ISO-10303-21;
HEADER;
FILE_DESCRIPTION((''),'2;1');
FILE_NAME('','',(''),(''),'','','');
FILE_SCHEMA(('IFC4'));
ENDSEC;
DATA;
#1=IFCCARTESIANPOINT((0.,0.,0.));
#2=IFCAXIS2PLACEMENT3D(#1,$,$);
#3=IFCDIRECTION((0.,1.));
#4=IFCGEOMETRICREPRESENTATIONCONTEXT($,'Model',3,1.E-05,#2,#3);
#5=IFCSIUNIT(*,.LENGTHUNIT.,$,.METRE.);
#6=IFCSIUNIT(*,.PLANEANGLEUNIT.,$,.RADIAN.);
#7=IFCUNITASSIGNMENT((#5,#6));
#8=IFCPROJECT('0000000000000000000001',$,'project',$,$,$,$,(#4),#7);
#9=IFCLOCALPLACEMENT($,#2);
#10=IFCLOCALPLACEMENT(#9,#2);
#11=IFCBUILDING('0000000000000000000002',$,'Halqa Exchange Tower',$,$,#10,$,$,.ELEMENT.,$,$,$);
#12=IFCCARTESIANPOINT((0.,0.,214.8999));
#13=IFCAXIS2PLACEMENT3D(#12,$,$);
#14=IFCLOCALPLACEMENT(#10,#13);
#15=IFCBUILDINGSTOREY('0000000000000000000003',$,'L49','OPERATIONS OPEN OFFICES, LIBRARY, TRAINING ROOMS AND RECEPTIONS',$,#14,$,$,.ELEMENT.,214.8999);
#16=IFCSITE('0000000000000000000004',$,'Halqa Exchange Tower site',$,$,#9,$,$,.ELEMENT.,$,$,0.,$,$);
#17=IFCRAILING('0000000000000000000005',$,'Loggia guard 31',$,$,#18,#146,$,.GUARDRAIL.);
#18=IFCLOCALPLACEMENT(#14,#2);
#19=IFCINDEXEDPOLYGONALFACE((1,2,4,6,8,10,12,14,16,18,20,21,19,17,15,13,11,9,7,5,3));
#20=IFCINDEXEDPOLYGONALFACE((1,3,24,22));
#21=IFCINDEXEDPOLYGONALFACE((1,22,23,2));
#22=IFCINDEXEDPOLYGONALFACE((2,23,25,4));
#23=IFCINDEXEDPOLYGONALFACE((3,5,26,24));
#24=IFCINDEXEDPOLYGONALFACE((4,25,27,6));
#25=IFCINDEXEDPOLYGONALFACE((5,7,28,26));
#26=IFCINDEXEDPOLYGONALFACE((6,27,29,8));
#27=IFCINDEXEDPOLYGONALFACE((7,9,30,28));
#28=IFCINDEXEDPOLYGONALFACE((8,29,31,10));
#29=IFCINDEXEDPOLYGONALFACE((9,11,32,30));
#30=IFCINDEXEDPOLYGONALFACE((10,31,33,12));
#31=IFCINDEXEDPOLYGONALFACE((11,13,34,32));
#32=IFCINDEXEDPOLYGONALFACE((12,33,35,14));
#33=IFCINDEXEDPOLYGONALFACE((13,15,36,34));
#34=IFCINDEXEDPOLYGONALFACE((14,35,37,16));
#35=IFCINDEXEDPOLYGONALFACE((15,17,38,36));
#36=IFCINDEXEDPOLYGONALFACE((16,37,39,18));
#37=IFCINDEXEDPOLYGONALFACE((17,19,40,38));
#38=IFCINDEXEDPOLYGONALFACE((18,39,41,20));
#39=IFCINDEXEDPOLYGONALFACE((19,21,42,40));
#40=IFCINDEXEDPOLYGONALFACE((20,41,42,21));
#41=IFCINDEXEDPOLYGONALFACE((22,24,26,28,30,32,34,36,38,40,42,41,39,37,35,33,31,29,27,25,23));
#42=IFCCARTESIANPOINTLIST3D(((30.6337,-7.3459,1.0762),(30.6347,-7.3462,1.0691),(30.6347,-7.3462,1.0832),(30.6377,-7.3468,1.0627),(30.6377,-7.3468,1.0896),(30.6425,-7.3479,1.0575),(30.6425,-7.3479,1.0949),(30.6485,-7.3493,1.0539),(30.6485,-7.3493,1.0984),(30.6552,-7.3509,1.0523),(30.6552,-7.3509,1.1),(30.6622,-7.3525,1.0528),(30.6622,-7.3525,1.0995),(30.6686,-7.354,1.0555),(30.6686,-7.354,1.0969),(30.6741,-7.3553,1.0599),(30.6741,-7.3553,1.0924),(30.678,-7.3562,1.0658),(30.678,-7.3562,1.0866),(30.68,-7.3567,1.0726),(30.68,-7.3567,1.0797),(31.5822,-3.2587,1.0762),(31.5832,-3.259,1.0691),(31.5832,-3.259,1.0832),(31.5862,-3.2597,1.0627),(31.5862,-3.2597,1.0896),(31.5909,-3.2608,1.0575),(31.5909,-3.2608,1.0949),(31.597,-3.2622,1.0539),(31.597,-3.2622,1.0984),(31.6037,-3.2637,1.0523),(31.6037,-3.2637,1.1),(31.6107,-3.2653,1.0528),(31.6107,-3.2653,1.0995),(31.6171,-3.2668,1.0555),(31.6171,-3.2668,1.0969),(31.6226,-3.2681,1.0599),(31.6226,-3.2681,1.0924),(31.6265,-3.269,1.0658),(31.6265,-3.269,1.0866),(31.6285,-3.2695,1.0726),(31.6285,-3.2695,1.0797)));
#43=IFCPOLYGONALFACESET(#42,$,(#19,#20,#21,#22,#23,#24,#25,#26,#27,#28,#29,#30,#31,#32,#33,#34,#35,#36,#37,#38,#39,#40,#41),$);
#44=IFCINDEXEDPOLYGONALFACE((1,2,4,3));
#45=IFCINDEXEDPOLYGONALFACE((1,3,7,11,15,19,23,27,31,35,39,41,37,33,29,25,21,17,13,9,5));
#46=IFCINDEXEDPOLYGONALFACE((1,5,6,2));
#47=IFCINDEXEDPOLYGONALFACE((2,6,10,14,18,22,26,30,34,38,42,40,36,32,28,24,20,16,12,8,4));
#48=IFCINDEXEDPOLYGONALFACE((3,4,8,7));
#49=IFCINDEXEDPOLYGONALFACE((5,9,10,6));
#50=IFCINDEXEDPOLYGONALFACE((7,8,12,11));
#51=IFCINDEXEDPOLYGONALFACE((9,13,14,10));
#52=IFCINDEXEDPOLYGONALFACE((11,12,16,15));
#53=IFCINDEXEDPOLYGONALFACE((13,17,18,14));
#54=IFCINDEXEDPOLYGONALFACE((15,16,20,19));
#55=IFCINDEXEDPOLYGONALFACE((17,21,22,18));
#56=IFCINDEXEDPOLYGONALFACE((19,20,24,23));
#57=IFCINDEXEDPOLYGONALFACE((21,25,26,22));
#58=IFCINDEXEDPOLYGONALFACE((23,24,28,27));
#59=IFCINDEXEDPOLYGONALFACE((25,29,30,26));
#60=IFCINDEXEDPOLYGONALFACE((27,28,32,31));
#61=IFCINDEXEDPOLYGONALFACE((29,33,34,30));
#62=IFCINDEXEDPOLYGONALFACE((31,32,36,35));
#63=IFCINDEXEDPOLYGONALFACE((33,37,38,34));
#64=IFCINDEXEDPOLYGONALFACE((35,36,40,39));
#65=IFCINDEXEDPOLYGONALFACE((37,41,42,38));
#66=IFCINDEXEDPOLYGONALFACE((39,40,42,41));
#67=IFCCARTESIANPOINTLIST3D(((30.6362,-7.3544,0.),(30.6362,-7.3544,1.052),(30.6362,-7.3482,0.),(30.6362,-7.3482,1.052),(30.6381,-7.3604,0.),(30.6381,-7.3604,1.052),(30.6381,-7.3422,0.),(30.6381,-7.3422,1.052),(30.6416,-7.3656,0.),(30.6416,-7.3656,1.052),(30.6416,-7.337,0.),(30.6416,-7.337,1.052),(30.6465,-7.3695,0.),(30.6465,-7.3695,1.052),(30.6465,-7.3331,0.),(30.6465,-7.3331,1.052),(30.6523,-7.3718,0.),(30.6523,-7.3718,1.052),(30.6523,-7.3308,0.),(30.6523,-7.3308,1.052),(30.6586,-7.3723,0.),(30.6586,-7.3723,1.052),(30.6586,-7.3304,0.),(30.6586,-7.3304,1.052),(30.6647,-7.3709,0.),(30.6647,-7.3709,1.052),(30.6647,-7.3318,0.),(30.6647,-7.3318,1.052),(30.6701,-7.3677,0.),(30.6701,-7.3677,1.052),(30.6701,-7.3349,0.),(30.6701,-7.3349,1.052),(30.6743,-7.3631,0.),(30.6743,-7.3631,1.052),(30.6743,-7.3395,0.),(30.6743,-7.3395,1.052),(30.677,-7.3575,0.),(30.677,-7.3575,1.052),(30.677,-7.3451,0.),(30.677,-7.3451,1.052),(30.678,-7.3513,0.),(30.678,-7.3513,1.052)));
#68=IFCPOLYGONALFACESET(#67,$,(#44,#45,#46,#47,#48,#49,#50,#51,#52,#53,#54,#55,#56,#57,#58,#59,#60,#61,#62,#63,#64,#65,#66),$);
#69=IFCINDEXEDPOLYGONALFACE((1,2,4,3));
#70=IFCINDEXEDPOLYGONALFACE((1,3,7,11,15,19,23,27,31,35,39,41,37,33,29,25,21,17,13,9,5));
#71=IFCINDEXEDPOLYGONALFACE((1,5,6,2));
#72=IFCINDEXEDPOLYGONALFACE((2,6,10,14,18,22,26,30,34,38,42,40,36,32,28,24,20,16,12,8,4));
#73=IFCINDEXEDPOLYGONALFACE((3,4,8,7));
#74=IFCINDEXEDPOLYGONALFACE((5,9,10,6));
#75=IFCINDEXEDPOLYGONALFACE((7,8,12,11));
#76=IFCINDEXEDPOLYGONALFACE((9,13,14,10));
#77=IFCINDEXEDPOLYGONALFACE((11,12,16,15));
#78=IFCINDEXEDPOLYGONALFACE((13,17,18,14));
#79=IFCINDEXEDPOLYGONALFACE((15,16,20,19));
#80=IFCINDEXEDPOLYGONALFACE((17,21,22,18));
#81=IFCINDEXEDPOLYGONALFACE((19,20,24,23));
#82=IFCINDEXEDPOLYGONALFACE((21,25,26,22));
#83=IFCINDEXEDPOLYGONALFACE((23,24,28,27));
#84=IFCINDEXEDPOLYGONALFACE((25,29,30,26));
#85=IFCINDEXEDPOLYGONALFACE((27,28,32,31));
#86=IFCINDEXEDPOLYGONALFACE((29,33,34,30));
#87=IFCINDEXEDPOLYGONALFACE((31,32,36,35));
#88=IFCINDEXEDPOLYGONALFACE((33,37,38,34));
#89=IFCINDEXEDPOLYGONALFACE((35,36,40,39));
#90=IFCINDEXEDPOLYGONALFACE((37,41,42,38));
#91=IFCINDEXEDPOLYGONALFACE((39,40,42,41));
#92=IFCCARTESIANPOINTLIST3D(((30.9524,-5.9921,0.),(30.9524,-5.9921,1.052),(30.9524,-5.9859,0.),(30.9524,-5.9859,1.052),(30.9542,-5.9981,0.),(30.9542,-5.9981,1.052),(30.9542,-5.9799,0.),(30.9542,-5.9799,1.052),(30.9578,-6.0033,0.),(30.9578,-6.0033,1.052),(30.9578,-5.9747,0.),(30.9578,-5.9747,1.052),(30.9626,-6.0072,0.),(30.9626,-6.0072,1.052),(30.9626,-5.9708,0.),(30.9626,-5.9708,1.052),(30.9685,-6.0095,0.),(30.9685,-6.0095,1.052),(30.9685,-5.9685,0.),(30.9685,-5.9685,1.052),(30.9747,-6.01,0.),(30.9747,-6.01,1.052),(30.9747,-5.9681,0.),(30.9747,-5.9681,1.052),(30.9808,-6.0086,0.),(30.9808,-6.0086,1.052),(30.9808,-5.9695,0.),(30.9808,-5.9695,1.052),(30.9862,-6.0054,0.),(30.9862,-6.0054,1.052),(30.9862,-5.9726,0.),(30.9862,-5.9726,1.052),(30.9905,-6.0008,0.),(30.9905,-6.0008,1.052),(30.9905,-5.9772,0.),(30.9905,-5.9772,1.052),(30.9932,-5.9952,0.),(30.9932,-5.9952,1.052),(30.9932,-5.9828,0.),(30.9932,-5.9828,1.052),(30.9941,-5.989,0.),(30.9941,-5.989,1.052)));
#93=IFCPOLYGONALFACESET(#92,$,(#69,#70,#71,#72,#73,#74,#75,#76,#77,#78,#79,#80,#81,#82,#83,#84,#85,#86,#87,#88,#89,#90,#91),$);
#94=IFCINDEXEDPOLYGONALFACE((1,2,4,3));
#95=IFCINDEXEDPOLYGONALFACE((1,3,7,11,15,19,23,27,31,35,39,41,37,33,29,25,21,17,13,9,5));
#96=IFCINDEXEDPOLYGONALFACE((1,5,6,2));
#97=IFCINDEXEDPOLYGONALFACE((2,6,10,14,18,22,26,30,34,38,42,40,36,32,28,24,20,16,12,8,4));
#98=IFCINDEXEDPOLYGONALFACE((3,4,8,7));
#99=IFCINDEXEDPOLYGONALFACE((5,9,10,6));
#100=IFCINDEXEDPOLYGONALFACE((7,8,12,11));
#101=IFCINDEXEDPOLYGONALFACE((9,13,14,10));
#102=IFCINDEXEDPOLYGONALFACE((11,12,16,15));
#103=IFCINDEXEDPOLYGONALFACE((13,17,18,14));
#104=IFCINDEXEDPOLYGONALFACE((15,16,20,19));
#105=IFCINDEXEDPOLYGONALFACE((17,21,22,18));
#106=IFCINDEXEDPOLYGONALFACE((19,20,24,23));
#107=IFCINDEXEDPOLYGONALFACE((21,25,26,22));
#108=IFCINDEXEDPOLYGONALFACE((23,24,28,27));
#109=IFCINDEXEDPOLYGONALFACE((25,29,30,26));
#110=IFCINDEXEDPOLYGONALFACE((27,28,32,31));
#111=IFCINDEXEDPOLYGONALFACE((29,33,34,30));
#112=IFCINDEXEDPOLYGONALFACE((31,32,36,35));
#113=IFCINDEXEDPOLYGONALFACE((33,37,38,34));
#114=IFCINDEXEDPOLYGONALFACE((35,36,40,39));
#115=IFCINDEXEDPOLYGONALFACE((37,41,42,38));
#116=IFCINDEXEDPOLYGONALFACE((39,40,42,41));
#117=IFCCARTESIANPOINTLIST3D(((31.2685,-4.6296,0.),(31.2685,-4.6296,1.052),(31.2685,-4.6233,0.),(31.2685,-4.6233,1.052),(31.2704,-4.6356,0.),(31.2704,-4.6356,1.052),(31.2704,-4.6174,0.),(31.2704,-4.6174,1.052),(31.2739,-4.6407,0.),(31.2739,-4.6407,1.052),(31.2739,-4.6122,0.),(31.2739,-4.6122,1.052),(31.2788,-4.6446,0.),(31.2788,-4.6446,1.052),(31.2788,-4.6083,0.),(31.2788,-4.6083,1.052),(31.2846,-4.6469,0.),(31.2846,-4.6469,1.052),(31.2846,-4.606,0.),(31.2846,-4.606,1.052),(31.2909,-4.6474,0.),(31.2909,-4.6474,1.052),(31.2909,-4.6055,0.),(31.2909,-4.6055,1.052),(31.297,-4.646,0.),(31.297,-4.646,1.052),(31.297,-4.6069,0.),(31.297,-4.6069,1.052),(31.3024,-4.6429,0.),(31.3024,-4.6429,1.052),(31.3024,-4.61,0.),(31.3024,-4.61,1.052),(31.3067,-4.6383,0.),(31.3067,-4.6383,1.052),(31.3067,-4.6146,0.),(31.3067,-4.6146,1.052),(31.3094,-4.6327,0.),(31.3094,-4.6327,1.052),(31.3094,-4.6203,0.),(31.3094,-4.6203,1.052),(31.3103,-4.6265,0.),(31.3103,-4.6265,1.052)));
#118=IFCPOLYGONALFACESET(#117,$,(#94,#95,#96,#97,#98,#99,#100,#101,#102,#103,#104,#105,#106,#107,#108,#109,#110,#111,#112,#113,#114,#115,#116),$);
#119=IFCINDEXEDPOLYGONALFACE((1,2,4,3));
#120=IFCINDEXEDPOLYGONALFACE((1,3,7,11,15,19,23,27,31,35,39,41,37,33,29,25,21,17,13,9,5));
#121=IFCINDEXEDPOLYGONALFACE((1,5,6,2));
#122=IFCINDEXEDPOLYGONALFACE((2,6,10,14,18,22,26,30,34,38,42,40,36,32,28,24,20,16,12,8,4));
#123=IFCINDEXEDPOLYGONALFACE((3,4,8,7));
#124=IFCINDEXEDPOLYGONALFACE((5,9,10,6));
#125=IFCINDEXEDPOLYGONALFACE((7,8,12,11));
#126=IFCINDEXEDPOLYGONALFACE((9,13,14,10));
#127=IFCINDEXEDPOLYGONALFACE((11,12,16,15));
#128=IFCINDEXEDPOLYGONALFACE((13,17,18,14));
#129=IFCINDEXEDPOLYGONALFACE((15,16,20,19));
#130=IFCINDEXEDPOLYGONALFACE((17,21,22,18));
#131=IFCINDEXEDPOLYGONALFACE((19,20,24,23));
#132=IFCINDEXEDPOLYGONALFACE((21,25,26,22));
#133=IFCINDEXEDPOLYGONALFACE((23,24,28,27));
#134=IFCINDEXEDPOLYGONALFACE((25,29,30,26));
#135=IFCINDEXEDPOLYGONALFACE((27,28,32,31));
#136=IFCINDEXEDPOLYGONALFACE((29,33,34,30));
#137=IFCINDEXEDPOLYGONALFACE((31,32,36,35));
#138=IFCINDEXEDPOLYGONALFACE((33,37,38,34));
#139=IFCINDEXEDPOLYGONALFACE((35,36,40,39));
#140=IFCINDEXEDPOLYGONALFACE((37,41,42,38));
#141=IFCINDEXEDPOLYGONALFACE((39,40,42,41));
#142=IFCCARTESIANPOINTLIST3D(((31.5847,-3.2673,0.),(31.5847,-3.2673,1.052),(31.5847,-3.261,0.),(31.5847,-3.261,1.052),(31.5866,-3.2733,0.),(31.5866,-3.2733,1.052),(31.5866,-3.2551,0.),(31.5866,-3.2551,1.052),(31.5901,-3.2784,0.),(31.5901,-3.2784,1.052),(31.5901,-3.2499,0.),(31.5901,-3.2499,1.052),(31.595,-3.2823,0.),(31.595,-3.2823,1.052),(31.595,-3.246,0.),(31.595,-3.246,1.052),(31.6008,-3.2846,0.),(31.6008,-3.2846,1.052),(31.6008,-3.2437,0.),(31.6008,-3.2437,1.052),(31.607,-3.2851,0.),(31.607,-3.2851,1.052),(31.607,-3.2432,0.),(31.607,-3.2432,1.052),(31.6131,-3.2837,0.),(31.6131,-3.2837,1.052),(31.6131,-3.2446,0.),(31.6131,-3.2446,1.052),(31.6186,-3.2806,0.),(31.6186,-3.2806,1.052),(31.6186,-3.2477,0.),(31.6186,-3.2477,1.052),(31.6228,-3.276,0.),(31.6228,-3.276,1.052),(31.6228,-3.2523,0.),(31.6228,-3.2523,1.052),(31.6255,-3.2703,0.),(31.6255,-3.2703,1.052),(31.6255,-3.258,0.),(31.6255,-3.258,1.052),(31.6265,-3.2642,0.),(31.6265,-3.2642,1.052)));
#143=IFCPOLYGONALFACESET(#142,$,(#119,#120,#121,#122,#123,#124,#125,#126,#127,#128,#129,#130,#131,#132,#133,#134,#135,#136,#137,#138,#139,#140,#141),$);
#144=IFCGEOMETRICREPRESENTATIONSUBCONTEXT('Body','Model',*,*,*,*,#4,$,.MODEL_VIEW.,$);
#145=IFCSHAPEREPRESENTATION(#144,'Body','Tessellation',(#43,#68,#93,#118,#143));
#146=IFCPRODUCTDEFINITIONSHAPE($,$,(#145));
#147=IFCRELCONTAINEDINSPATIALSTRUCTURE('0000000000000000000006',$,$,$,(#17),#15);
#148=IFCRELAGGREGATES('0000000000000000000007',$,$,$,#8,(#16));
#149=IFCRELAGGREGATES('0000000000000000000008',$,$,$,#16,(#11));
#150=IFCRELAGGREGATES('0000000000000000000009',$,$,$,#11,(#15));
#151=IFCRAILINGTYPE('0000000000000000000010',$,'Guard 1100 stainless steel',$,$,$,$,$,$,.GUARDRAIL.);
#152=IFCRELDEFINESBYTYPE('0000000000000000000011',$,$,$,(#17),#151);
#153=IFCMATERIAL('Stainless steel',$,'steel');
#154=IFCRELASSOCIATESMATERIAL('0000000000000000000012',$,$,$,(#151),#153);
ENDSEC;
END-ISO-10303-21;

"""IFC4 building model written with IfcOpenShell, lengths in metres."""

from ifc_helpers import new_model, si_unit, direction, frame, origin, origin_2d, place, context, subcontext, project, spatial, circle, extrude, material, type_object, element, save


model = new_model("IFC4")

# Units and contexts
model_context = context("Model", 3, precision=1e-05, world=origin(), true_north=direction((0.0, 1.0)))
body_context = subcontext(model_context, "Body", "Model", "MODEL_VIEW")
ifc_project = project(units=[si_unit("LENGTHUNIT", "METRE"), si_unit("PLANEANGLEUNIT", "RADIAN")], contexts=[model_context])

# Site, building, storey
site_placement = place(None, origin())
site = spatial("IfcSite", under=ifc_project, at=site_placement, Name="Halqa Exchange Tower site", CompositionType="ELEMENT", RefElevation=0.0)
building_placement = place(site_placement, origin())
building = spatial("IfcBuilding", under=site, at=building_placement, Name="Halqa Exchange Tower", CompositionType="ELEMENT")
storey_placement = place(building_placement, frame((0.0, 0.0, 214.8999)))
storey = spatial("IfcBuildingStorey", under=building, at=storey_placement, Name="L49", Description="OPERATIONS OPEN OFFICES, LIBRARY, TRAINING ROOMS AND RECEPTIONS", CompositionType="ELEMENT", Elevation=214.8999)

# Railing
ifc_material_1 = material(Name="Stainless steel", Category="steel")
railing_type = type_object("IfcRailingType", Name="Guard 1100 stainless steel", PredefinedType="GUARDRAIL", material=ifc_material_1)
railing_1_placement = place(storey_placement, frame((30.657, -7.3513, 0.0)))
element("IfcRailing", 1, at=railing_1_placement, inside=storey, type_object=railing_type, Name="Loggia guard 31", PredefinedType="GUARDRAIL", context=body_context, shape_type="SweptSolid", body=[
    extrude(circle(Radius=0.0239, at=origin_2d()), frame((0.0, 0.0, 1.0762), z_axis=(0.226058, 0.974114, 0.0), x_axis=(-0.974114, 0.226058, 0.0)), (0.0, 0.0, 1.0), 4.1958),
    extrude(circle(Radius=0.021, at=origin_2d()), origin(), (0.0, 0.0, 1.0), 1.052),
    extrude(circle(Radius=0.021, at=origin_2d()), frame((0.3162, 1.3623, 0.0)), (0.0, 0.0, 1.0), 1.052),
    extrude(circle(Radius=0.021, at=origin_2d()), frame((0.6323, 2.7249, 0.0)), (0.0, 0.0, 1.0), 1.052),
    extrude(circle(Radius=0.021, at=origin_2d()), frame((0.9485, 4.0872, 0.0)), (0.0, 0.0, 1.0), 1.052),
])

save(model, "model.ifc")
